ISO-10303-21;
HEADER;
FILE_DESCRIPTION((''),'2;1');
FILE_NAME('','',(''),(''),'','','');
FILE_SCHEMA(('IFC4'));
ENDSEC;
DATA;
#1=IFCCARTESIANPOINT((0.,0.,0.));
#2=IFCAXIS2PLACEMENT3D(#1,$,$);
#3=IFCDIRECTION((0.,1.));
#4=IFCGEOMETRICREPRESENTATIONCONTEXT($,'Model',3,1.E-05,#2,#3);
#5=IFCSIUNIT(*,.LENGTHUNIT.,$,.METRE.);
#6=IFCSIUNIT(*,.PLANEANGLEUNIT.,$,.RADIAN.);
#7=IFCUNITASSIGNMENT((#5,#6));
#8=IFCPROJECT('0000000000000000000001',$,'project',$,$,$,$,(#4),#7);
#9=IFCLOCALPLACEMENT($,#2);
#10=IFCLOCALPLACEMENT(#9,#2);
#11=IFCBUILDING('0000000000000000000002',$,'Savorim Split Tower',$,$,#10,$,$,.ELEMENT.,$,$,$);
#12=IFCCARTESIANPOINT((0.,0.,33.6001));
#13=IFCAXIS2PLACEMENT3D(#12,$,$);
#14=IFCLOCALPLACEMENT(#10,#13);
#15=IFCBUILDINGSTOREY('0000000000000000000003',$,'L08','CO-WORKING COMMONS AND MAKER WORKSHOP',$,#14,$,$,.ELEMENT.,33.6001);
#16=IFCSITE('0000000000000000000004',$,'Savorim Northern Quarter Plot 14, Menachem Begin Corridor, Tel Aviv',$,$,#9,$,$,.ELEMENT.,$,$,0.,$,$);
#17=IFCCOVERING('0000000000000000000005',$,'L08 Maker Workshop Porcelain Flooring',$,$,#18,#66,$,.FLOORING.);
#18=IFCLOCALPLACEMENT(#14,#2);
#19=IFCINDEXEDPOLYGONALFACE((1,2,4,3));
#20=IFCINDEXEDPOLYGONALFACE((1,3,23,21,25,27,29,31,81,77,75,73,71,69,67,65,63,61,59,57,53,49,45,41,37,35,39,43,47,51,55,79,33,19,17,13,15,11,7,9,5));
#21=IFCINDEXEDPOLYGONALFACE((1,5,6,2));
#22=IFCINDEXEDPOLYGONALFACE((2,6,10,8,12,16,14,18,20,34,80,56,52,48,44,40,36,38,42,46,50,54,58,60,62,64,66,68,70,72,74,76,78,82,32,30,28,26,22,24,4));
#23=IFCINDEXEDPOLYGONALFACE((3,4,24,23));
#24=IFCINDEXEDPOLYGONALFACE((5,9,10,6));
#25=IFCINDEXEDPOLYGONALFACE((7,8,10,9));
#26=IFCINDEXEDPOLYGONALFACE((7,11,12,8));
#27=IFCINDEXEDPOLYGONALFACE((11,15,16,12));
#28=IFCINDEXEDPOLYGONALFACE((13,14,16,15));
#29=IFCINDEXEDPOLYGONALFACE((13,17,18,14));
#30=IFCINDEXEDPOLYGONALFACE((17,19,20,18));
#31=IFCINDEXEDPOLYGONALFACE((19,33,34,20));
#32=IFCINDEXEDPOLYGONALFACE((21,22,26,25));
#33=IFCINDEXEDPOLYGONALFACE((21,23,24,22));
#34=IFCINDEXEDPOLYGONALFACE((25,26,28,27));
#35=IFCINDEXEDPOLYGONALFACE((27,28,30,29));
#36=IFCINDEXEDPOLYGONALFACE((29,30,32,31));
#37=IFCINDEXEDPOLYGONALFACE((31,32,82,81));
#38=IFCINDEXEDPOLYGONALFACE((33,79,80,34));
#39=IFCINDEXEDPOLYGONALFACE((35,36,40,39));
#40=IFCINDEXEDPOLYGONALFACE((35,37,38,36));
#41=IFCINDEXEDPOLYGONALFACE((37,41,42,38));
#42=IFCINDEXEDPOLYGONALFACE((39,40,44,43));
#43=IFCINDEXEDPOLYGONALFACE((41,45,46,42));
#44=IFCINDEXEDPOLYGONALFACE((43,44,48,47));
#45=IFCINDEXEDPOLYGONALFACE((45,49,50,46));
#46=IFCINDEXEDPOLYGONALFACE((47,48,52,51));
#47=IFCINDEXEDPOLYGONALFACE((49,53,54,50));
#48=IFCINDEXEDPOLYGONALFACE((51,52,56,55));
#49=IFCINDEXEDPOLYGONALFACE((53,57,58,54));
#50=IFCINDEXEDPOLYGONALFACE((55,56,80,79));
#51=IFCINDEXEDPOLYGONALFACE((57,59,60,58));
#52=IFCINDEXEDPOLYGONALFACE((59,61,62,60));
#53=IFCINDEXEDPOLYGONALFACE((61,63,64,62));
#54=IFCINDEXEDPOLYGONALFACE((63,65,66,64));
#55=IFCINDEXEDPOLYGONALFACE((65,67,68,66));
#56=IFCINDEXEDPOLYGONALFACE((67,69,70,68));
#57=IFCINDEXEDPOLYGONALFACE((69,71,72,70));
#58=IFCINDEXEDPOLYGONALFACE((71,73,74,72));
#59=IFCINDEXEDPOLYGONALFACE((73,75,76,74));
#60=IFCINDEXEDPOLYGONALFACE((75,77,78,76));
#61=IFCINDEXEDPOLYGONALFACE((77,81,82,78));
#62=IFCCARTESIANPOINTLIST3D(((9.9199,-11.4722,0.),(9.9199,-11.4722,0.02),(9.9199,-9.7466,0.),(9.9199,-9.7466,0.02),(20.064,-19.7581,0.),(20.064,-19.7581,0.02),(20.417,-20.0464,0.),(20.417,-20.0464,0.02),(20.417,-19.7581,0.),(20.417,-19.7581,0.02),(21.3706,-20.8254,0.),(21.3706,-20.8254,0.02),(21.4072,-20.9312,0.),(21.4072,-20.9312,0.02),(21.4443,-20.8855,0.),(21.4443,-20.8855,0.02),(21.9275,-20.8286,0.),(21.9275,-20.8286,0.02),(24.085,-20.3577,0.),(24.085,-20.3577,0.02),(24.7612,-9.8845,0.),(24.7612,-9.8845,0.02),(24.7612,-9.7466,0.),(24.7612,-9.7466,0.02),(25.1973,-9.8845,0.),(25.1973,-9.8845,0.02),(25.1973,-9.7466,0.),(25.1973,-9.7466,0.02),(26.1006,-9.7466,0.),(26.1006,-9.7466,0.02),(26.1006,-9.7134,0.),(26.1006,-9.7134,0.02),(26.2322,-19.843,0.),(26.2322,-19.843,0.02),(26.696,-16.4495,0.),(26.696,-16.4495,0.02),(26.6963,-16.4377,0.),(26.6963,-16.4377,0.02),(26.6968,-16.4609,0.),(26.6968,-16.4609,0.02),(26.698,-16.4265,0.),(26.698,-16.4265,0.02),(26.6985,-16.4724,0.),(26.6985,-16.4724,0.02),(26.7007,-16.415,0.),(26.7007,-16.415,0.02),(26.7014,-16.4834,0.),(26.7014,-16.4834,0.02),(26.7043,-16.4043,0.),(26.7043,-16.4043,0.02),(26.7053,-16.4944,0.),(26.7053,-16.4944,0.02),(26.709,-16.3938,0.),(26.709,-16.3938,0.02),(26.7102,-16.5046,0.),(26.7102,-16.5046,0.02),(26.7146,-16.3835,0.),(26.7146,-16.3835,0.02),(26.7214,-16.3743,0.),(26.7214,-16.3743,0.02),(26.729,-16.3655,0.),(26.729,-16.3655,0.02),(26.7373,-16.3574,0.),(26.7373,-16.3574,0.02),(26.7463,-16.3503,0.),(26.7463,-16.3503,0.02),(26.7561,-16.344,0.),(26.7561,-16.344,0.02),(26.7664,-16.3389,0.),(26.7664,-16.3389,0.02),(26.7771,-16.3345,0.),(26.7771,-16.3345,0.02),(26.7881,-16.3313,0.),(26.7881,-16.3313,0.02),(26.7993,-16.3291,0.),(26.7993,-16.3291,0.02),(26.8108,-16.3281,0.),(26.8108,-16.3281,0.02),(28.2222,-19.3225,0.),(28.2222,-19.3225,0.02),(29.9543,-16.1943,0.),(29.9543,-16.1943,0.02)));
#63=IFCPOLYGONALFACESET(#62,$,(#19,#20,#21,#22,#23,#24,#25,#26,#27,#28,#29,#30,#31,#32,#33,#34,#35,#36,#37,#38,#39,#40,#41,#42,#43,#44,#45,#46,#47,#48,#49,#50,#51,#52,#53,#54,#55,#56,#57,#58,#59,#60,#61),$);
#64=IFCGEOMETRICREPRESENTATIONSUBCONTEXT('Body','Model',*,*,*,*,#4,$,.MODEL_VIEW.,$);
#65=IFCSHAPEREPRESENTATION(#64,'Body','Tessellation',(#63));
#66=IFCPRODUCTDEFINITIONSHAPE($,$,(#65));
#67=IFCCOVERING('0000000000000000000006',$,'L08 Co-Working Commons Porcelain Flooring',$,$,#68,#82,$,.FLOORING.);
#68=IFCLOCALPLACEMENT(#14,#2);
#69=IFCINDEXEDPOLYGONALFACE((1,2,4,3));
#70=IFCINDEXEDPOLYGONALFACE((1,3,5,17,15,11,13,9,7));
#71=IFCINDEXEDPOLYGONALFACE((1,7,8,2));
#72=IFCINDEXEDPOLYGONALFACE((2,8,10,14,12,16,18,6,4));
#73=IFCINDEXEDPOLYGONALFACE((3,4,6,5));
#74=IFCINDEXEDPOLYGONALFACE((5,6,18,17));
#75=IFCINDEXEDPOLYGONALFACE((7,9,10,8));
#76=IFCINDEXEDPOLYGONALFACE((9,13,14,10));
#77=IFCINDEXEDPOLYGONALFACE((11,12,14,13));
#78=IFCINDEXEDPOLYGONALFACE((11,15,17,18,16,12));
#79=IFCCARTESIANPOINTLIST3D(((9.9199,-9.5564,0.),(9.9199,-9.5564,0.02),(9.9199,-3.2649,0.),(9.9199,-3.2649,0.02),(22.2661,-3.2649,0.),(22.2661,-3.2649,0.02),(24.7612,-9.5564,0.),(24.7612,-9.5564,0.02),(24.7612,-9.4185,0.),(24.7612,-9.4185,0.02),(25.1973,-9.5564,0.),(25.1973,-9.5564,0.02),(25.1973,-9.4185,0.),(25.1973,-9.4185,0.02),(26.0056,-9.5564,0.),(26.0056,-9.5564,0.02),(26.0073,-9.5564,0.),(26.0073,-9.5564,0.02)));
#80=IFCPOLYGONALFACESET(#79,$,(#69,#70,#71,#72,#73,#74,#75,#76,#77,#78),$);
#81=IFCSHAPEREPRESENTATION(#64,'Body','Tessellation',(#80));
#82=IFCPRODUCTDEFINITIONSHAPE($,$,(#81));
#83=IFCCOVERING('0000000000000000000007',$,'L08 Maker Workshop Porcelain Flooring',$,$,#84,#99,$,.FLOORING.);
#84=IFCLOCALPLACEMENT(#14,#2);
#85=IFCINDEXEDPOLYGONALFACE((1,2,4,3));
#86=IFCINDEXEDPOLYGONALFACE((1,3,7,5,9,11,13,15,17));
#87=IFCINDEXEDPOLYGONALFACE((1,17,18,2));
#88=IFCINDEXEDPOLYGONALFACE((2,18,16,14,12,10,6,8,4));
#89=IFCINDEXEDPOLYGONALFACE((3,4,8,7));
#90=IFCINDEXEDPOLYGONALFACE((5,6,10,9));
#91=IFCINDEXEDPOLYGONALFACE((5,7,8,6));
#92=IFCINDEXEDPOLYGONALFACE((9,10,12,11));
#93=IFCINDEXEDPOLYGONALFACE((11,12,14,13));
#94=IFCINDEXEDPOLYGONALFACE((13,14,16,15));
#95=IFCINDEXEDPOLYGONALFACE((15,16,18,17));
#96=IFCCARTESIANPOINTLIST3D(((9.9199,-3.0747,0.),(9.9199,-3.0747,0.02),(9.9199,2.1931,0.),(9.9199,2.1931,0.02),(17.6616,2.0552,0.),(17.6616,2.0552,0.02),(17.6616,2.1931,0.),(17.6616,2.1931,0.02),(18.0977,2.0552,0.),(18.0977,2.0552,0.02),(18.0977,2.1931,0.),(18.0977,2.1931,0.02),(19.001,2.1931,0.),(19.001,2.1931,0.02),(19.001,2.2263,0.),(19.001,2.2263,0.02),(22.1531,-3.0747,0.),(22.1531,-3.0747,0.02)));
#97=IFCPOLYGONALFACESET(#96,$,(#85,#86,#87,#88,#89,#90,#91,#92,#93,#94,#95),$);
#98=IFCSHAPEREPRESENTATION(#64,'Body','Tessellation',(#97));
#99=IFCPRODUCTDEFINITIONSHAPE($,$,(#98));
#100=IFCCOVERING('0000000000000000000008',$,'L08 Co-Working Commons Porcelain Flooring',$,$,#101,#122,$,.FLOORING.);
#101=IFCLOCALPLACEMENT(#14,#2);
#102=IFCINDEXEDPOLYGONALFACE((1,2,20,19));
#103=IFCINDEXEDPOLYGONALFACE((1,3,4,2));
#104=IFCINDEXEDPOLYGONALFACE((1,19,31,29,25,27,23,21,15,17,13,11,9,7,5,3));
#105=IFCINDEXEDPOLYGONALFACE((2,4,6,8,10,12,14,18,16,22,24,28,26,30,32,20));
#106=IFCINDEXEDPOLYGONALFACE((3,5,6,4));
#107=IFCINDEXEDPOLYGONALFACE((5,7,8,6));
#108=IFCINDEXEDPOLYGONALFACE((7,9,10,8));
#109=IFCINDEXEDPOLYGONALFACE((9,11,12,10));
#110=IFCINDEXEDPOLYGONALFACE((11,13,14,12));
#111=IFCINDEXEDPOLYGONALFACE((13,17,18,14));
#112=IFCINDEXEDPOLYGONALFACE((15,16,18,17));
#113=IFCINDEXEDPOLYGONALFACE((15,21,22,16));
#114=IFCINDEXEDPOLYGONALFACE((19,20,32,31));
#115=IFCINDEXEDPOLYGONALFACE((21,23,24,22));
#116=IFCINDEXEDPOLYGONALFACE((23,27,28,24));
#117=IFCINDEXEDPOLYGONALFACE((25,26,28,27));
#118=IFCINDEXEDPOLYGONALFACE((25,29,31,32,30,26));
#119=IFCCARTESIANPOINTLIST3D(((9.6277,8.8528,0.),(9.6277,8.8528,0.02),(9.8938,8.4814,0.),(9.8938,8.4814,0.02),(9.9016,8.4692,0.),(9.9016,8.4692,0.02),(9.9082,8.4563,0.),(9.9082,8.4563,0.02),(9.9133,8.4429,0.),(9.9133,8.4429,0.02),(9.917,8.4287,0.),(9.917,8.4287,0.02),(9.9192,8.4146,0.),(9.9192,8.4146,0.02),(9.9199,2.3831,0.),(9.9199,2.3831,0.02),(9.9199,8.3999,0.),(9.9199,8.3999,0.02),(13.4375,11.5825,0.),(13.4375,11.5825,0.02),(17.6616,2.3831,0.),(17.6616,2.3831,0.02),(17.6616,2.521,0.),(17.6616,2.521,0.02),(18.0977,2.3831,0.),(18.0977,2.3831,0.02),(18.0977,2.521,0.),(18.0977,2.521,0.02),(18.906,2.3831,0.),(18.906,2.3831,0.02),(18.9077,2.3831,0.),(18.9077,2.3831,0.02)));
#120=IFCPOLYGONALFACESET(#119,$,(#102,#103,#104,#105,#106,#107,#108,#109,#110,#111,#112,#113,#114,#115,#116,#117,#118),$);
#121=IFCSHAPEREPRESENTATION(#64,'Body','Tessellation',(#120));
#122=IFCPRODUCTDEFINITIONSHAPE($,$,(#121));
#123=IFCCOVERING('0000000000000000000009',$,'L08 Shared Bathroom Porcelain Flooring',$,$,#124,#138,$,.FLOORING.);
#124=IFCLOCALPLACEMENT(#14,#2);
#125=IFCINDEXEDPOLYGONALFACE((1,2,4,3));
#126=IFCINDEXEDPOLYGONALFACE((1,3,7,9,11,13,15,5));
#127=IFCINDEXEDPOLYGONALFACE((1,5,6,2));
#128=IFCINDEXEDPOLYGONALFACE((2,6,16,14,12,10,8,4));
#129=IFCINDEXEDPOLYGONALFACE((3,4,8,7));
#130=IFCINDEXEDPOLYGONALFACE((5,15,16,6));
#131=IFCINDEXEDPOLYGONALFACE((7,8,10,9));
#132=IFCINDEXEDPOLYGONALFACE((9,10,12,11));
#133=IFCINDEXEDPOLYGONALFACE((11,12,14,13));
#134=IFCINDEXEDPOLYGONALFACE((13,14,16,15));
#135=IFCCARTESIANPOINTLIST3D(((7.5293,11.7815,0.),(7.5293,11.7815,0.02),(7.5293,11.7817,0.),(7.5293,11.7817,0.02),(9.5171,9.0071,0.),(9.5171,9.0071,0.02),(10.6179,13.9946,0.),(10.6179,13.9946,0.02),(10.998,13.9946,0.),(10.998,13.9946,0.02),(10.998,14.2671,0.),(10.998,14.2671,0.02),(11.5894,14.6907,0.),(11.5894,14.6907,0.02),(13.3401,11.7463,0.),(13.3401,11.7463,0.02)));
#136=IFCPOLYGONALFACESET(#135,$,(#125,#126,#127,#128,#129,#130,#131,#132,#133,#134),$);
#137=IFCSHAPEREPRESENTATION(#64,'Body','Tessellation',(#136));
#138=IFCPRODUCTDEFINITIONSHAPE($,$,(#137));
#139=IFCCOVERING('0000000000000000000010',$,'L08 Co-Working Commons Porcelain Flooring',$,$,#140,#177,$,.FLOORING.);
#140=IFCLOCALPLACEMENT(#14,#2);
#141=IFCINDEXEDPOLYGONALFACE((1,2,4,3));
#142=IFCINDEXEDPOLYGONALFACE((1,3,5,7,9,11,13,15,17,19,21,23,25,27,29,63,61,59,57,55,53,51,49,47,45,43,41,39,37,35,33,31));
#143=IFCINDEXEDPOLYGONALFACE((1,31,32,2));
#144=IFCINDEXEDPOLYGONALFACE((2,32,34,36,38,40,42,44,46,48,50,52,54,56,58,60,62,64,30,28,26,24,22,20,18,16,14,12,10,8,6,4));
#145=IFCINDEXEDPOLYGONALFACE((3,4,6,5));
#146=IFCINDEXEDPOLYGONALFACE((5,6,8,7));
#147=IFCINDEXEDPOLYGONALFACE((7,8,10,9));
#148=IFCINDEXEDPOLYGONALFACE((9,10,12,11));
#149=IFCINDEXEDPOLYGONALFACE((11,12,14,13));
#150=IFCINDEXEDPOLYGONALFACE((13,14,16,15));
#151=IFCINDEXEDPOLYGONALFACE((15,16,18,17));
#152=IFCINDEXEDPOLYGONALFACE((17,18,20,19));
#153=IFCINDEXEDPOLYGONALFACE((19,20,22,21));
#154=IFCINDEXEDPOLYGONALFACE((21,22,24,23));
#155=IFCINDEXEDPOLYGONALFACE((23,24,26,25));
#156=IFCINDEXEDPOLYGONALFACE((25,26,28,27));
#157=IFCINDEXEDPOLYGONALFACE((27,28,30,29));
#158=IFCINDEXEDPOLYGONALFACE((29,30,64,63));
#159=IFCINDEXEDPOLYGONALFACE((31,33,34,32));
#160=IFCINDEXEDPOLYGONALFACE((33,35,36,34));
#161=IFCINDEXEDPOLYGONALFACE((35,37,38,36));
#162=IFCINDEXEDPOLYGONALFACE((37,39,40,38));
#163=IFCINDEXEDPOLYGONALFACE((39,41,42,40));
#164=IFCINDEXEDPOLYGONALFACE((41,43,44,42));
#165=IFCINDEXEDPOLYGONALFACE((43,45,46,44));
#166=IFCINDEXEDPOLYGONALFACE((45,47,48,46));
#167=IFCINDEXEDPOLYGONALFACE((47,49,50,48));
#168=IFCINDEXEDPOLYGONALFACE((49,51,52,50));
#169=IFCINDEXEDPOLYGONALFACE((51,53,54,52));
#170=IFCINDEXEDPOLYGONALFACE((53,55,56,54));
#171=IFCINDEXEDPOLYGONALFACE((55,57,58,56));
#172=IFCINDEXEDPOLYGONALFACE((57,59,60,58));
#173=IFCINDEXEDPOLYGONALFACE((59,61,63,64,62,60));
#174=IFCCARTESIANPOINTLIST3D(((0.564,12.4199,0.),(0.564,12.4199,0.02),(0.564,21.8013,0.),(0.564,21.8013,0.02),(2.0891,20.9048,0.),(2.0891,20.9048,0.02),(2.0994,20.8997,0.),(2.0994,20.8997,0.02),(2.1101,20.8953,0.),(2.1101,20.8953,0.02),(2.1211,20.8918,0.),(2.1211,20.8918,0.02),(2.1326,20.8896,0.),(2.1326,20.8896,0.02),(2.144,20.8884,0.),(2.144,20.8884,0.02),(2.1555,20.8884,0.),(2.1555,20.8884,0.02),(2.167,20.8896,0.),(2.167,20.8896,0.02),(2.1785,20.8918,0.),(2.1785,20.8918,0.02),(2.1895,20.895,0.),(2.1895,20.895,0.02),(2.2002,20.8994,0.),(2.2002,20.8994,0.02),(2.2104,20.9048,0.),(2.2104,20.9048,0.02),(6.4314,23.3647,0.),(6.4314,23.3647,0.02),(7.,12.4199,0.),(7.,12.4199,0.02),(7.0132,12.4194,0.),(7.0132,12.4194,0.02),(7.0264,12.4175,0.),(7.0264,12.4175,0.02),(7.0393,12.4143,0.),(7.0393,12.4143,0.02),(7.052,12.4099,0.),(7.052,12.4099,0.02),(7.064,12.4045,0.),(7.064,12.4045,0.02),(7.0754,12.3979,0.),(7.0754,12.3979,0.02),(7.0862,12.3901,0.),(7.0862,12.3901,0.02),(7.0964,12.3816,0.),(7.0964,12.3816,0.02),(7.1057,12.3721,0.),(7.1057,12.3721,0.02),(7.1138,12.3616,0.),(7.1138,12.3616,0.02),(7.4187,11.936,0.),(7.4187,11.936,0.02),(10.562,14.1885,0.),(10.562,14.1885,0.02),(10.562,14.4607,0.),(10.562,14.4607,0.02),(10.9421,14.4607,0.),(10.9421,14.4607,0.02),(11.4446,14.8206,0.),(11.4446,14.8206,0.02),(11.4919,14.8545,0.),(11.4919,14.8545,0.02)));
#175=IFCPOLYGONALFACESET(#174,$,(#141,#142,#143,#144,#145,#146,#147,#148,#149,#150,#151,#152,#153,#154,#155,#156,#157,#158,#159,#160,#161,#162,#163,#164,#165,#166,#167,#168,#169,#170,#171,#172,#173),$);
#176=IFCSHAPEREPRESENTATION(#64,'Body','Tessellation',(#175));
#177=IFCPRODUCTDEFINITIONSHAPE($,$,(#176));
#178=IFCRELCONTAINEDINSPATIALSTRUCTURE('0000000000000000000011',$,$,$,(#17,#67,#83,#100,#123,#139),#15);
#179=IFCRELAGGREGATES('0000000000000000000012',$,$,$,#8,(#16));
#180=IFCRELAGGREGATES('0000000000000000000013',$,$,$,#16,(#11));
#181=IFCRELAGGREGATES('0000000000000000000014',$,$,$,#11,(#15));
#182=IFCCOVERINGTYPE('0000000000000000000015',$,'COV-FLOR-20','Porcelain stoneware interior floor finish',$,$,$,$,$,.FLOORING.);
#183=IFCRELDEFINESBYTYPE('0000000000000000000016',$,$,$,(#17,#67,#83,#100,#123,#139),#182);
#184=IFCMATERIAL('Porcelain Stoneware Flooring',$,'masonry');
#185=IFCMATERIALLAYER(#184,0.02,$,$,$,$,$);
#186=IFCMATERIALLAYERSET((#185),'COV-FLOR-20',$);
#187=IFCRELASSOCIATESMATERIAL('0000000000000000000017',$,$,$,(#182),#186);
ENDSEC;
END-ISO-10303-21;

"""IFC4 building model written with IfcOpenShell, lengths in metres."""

from ifc_helpers import new_model, si_unit, direction, frame, origin, place, context, subcontext, project, spatial, polyline, outline, extrude, material, layer, layer_set, type_object, element, save


model = new_model("IFC4")

# Units and contexts
model_context = context("Model", 3, precision=1e-05, world=origin(), true_north=direction((0.0, 1.0)))
body_context = subcontext(model_context, "Body", "Model", "MODEL_VIEW")
ifc_project = project(units=[si_unit("LENGTHUNIT", "METRE"), si_unit("PLANEANGLEUNIT", "RADIAN")], contexts=[model_context])

# Site, building, storey
site_placement = place(None, origin())
site = spatial("IfcSite", under=ifc_project, at=site_placement, Name="Savorim Northern Quarter Plot 14, Menachem Begin Corridor, Tel Aviv", CompositionType="ELEMENT", RefElevation=0.0)
building_placement = place(site_placement, origin())
building = spatial("IfcBuilding", under=site, at=building_placement, Name="Savorim Split Tower", CompositionType="ELEMENT")
storey_placement = place(building_placement, frame((0.0, 0.0, 33.6001)))
storey = spatial("IfcBuildingStorey", under=building, at=storey_placement, Name="L08", Description="CO-WORKING COMMONS AND MAKER WORKSHOP", CompositionType="ELEMENT", Elevation=33.6001)

# Coverings
ifc_material_1 = material(Name="Porcelain Stoneware Flooring", Category="masonry")
ifc_layer_1 = layer(ifc_material_1, 0.02)
ifc_layer_set_1 = layer_set([ifc_layer_1], Name="COV-FLOR-20")
covering_type_1 = type_object("IfcCoveringType", Name="COV-FLOR-20", Description="Porcelain stoneware interior floor finish", PredefinedType="FLOORING", material=ifc_layer_set_1)
covering_1_placement = place(storey_placement, origin())
element("IfcCovering", 1, at=covering_1_placement, inside=storey, type_object=covering_type_1, Name="L08 Maker Workshop Porcelain Flooring", PredefinedType="FLOORING", context=body_context, shape_type="SweptSolid", body=[
    extrude(outline(polyline([(26.7881, -16.3313), (26.7993, -16.3291), (26.8108, -16.3281), (29.9543, -16.1943), (26.1006, -9.7134), (26.1006, -9.7466), (25.1973, -9.7466), (25.1973, -9.8845), (24.7612, -9.8845), (24.7612, -9.7466), (9.9199, -9.7466), (9.9199, -11.4722), (20.064, -19.7581), (20.417, -19.7581), (20.417, -20.0464), (21.3706, -20.8254), (21.4443, -20.8855), (21.4072, -20.9312), (21.9275, -20.8286), (24.085, -20.3577), (26.2322, -19.843), (28.2222, -19.3225), (26.7102, -16.5046), (26.7053, -16.4944), (26.7014, -16.4834), (26.6985, -16.4724), (26.6968, -16.4609), (26.696, -16.4495), (26.6963, -16.4377), (26.698, -16.4265), (26.7007, -16.415), (26.7043, -16.4043), (26.709, -16.3938), (26.7146, -16.3835), (26.7214, -16.3743), (26.729, -16.3655), (26.7373, -16.3574), (26.7463, -16.3503), (26.7561, -16.344), (26.7664, -16.3389), (26.7771, -16.3345), (26.7881, -16.3313)])), origin(), (0.0, 0.0, 1.0), 0.02),
])
covering_2_placement = place(storey_placement, origin())
element("IfcCovering", 2, at=covering_2_placement, inside=storey, type_object=covering_type_1, Name="L08 Co-Working Commons Porcelain Flooring", PredefinedType="FLOORING", context=body_context, shape_type="SweptSolid", body=[
    extrude(outline(polyline([(25.1973, -9.4185), (25.1973, -9.5564), (26.0056, -9.5564), (26.0073, -9.5564), (22.2661, -3.2649), (9.9199, -3.2649), (9.9199, -9.5564), (24.7612, -9.5564), (24.7612, -9.4185), (25.1973, -9.4185)])), origin(), (0.0, 0.0, 1.0), 0.02),
])
covering_3_placement = place(storey_placement, origin())
element("IfcCovering", 3, at=covering_3_placement, inside=storey, type_object=covering_type_1, Name="L08 Maker Workshop Porcelain Flooring", PredefinedType="FLOORING", context=body_context, shape_type="SweptSolid", body=[
    extrude(outline(polyline([(17.6616, 2.0552), (17.6616, 2.1931), (9.9199, 2.1931), (9.9199, -3.0747), (22.1531, -3.0747), (19.001, 2.2263), (19.001, 2.1931), (18.0977, 2.1931), (18.0977, 2.0552), (17.6616, 2.0552)])), origin(), (0.0, 0.0, 1.0), 0.02),
])
covering_4_placement = place(storey_placement, origin())
element("IfcCovering", 4, at=covering_4_placement, inside=storey, type_object=covering_type_1, Name="L08 Co-Working Commons Porcelain Flooring", PredefinedType="FLOORING", context=body_context, shape_type="SweptSolid", body=[
    extrude(outline(polyline([(18.0977, 2.521), (18.0977, 2.3831), (18.906, 2.3831), (18.9077, 2.3831), (13.4375, 11.5825), (9.6277, 8.8528), (9.8938, 8.4814), (9.9016, 8.4692), (9.9082, 8.4563), (9.9133, 8.4429), (9.917, 8.4287), (9.9192, 8.4146), (9.9199, 8.3999), (9.9199, 2.3831), (17.6616, 2.3831), (17.6616, 2.521), (18.0977, 2.521)])), origin(), (0.0, 0.0, 1.0), 0.02),
])
covering_5_placement = place(storey_placement, origin())
element("IfcCovering", 5, at=covering_5_placement, inside=storey, type_object=covering_type_1, Name="L08 Shared Bathroom Porcelain Flooring", PredefinedType="FLOORING", context=body_context, shape_type="SweptSolid", body=[
    extrude(outline(polyline([(10.6179, 13.9946), (7.5293, 11.7817), (7.5293, 11.7815), (9.5171, 9.0071), (13.3401, 11.7463), (11.5894, 14.6907), (10.998, 14.2671), (10.998, 13.9946), (10.6179, 13.9946)])), origin(), (0.0, 0.0, 1.0), 0.02),
])
covering_6_placement = place(storey_placement, origin())
element("IfcCovering", 6, at=covering_6_placement, inside=storey, type_object=covering_type_1, Name="L08 Co-Working Commons Porcelain Flooring", PredefinedType="FLOORING", context=body_context, shape_type="SweptSolid", body=[
    extrude(outline(polyline([(2.1101, 20.8953), (2.0994, 20.8997), (2.0891, 20.9048), (0.564, 21.8013), (0.564, 12.4199), (7.0, 12.4199), (7.0132, 12.4194), (7.0264, 12.4175), (7.0393, 12.4143), (7.052, 12.4099), (7.064, 12.4045), (7.0754, 12.3979), (7.0862, 12.3901), (7.0964, 12.3816), (7.1057, 12.3721), (7.1138, 12.3616), (7.4187, 11.936), (10.562, 14.1885), (10.562, 14.4607), (10.9421, 14.4607), (11.4446, 14.8206), (11.4919, 14.8545), (6.4314, 23.3647), (2.2104, 20.9048), (2.2002, 20.8994), (2.1895, 20.895), (2.1785, 20.8918), (2.167, 20.8896), (2.1555, 20.8884), (2.144, 20.8884), (2.1326, 20.8896), (2.1211, 20.8918), (2.1101, 20.8953)])), origin(), (0.0, 0.0, 1.0), 0.02),
])

save(model, "model.ifc")
